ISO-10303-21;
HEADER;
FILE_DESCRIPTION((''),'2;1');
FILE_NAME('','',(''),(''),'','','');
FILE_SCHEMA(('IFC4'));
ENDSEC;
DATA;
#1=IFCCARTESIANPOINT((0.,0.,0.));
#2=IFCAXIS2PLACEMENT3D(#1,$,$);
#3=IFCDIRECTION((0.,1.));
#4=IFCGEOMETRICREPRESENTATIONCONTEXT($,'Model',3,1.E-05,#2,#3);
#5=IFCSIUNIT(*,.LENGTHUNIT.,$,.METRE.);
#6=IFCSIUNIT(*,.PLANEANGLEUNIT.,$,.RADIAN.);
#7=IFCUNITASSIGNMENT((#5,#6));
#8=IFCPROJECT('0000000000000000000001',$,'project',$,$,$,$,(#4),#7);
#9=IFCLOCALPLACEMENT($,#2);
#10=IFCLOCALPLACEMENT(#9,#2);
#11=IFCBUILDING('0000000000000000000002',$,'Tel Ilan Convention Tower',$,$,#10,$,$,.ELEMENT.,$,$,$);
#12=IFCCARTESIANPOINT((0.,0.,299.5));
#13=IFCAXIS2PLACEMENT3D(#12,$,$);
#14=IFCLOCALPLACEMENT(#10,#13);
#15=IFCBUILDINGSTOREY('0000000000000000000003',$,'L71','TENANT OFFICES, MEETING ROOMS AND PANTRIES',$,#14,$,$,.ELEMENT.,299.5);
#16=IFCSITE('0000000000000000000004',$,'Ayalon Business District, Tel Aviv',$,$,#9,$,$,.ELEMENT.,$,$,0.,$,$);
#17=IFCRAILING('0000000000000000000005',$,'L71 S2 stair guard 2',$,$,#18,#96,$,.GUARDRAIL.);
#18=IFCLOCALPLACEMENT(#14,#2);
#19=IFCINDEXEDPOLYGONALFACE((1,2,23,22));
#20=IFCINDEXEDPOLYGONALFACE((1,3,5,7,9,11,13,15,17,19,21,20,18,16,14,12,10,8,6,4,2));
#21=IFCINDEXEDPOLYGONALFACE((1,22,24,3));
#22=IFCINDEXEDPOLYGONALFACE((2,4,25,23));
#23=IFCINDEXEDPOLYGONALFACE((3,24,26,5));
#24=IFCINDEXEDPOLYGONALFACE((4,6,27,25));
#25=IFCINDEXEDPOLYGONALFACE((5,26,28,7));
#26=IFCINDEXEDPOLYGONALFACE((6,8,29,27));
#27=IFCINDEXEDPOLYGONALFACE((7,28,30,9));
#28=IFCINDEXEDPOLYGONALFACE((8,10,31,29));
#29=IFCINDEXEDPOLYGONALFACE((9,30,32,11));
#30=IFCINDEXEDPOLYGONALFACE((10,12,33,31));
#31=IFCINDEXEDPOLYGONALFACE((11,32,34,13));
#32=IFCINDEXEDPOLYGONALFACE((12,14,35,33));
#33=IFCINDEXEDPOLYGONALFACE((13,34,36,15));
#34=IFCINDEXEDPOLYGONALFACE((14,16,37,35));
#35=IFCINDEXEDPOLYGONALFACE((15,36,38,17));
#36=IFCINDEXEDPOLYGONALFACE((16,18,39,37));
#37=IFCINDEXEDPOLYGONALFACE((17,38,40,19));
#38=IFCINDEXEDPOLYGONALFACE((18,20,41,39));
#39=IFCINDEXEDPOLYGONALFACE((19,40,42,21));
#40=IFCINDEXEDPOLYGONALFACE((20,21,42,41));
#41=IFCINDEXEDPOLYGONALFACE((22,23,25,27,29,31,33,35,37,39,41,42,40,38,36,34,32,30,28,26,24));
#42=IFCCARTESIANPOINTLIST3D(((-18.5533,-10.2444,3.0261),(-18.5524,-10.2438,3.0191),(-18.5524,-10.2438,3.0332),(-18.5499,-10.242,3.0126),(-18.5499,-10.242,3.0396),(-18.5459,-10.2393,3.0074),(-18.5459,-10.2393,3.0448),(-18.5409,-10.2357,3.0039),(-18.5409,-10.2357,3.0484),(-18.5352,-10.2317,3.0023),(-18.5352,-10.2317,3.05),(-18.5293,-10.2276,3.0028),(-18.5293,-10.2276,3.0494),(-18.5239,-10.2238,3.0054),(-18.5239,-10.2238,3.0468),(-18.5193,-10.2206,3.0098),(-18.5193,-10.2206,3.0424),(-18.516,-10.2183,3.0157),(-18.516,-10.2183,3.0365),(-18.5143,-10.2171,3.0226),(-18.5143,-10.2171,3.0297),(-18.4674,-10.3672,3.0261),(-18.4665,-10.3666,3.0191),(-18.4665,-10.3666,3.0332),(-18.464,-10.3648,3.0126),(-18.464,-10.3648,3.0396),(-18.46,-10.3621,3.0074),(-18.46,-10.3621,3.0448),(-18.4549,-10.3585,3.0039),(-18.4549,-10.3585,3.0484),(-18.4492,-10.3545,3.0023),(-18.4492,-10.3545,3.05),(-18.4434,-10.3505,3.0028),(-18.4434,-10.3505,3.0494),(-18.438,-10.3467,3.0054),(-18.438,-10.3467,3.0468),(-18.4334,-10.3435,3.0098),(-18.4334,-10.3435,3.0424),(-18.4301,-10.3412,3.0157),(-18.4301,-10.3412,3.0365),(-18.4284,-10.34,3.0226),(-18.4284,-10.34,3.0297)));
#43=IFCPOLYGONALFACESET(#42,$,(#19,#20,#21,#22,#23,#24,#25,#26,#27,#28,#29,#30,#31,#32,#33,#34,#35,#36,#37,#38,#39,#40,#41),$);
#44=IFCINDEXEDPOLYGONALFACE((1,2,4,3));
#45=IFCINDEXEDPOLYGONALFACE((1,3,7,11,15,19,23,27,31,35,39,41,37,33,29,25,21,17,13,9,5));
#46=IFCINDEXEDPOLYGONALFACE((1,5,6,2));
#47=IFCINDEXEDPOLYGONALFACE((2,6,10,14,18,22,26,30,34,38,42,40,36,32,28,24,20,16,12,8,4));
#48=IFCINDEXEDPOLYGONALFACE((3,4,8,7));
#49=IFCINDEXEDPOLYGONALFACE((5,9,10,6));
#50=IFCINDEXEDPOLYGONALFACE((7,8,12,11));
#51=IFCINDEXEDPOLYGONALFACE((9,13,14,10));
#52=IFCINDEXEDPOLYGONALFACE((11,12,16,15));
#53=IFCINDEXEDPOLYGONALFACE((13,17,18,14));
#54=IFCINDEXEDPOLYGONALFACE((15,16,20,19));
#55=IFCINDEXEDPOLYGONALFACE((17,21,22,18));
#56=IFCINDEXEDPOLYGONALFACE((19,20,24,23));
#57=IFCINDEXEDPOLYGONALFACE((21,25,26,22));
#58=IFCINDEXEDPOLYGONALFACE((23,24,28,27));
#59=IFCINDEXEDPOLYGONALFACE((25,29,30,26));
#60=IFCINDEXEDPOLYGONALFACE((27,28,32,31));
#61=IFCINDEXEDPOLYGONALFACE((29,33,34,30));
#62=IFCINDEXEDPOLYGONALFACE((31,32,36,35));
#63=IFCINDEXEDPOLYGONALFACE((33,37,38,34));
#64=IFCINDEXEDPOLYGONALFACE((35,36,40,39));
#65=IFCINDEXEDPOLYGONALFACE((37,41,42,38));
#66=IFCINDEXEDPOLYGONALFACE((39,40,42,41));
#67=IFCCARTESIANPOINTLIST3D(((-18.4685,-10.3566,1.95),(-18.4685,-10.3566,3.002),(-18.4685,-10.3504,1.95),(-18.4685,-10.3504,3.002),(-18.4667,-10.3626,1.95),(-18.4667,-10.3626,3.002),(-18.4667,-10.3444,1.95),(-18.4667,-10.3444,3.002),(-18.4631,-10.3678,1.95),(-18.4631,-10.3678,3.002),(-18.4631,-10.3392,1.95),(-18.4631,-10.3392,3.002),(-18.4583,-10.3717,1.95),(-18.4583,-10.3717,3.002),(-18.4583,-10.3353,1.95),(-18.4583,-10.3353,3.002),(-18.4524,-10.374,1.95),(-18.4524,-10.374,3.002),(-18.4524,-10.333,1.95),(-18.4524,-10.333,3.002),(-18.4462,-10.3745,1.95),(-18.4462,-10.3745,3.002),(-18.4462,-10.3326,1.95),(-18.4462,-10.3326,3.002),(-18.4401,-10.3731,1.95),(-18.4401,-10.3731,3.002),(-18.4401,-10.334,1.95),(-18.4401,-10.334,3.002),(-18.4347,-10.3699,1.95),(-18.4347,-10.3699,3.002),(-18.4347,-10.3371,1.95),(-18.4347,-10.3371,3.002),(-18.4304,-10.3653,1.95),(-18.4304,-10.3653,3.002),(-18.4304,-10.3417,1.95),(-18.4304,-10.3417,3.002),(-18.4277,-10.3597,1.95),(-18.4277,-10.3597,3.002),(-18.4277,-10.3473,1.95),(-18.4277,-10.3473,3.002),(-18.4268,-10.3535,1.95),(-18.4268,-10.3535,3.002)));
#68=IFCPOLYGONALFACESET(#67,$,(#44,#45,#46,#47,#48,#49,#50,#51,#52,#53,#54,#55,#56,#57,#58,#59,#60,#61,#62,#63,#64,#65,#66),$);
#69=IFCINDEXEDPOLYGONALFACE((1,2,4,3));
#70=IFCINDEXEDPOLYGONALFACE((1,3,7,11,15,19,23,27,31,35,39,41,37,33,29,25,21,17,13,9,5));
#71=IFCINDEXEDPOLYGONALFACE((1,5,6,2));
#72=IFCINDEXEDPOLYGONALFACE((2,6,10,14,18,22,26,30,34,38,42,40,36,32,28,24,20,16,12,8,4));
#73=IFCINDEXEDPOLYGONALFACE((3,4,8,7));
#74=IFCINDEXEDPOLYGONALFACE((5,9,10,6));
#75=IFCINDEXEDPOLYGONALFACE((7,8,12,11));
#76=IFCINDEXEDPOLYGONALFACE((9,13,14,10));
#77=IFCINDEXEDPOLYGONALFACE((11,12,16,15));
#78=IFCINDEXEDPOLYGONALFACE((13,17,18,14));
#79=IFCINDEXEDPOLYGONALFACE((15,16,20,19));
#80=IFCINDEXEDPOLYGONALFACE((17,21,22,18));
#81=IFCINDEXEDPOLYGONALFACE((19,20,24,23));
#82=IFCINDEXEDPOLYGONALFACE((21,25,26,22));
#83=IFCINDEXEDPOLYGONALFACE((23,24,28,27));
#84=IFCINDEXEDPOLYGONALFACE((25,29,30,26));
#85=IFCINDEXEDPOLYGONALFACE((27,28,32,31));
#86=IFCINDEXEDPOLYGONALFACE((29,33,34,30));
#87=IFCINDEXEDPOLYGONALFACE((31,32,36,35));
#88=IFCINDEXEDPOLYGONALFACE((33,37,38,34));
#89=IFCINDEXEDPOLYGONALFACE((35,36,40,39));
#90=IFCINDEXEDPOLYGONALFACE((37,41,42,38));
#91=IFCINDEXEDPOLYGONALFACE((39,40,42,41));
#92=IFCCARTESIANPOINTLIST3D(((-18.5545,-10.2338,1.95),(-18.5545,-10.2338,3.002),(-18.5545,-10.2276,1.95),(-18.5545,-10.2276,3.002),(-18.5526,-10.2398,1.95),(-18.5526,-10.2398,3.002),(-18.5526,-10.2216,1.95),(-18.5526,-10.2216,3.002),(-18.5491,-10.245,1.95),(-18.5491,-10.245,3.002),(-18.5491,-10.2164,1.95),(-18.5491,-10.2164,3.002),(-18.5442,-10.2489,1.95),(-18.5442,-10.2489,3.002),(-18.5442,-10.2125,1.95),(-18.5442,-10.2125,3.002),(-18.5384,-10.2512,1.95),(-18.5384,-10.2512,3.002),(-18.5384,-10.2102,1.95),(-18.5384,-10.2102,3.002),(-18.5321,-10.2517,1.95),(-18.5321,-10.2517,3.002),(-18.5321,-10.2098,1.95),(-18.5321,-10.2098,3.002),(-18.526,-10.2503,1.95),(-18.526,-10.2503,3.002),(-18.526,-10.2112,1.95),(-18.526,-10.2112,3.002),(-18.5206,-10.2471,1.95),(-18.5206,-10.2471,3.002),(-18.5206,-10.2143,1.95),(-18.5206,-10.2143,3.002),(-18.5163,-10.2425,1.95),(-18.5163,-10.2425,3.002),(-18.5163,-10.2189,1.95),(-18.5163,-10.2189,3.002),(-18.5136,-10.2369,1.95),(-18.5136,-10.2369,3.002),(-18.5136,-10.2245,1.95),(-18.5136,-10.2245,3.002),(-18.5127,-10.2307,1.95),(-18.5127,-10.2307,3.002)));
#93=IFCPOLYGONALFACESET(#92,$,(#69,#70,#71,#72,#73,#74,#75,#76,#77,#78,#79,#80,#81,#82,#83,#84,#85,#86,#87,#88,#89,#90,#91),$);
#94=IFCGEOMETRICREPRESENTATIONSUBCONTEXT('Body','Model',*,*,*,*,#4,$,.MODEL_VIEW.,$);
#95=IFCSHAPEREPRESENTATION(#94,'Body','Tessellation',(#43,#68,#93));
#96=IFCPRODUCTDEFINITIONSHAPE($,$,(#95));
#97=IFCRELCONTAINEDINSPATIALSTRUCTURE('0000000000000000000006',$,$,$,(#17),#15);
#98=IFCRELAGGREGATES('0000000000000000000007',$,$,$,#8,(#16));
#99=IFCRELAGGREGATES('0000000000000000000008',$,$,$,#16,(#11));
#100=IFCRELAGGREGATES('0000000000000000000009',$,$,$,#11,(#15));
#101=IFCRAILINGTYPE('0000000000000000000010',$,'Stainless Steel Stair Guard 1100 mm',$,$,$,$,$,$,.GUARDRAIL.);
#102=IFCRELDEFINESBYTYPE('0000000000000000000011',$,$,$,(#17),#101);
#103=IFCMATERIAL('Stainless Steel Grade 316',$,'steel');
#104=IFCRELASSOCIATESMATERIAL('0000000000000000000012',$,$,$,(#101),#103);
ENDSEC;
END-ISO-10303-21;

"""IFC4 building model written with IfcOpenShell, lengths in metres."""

from ifc_helpers import new_model, si_unit, direction, frame, origin, origin_2d, place, context, subcontext, project, spatial, circle, extrude, material, type_object, element, save


model = new_model("IFC4")

# Units and contexts
model_context = context("Model", 3, precision=1e-05, world=origin(), true_north=direction((0.0, 1.0)))
body_context = subcontext(model_context, "Body", "Model", "MODEL_VIEW")
ifc_project = project(units=[si_unit("LENGTHUNIT", "METRE"), si_unit("PLANEANGLEUNIT", "RADIAN")], contexts=[model_context])

# Site, building, storey
site_placement = place(None, origin())
site = spatial("IfcSite", under=ifc_project, at=site_placement, Name="Ayalon Business District, Tel Aviv", CompositionType="ELEMENT", RefElevation=0.0)
building_placement = place(site_placement, origin())
building = spatial("IfcBuilding", under=site, at=building_placement, Name="Tel Ilan Convention Tower", CompositionType="ELEMENT")
storey_placement = place(building_placement, frame((0.0, 0.0, 299.5)))
storey = spatial("IfcBuildingStorey", under=building, at=storey_placement, Name="L71", Description="TENANT OFFICES, MEETING ROOMS AND PANTRIES", CompositionType="ELEMENT", Elevation=299.5)

# Railing
ifc_material_1 = material(Name="Stainless Steel Grade 316", Category="steel")
railing_type_1 = type_object("IfcRailingType", Name="Stainless Steel Stair Guard 1100 mm", PredefinedType="GUARDRAIL", material=ifc_material_1)
railing_1_placement = place(storey_placement, frame((-18.4478, -10.3535, 1.95)))
element("IfcRailing", 1, at=railing_1_placement, inside=storey, type_object=railing_type_1, Name="L71 S2 stair guard 2", PredefinedType="GUARDRAIL", context=body_context, shape_type="SweptSolid", body=[
    extrude(circle(Radius=0.0239, at=origin_2d()), frame((0.0, 0.0, 1.0762), z_axis=(-0.573353, 0.819308, 0.0), x_axis=(-0.819308, -0.573353, 0.0)), (0.0, 0.0, 1.0), 0.1499),
    extrude(circle(Radius=0.021, at=origin_2d()), origin(), (0.0, 0.0, 1.0), 1.052),
    extrude(circle(Radius=0.021, at=origin_2d()), frame((-0.0859, 0.1228, 0.0)), (0.0, 0.0, 1.0), 1.052),
])

save(model, "model.ifc")
